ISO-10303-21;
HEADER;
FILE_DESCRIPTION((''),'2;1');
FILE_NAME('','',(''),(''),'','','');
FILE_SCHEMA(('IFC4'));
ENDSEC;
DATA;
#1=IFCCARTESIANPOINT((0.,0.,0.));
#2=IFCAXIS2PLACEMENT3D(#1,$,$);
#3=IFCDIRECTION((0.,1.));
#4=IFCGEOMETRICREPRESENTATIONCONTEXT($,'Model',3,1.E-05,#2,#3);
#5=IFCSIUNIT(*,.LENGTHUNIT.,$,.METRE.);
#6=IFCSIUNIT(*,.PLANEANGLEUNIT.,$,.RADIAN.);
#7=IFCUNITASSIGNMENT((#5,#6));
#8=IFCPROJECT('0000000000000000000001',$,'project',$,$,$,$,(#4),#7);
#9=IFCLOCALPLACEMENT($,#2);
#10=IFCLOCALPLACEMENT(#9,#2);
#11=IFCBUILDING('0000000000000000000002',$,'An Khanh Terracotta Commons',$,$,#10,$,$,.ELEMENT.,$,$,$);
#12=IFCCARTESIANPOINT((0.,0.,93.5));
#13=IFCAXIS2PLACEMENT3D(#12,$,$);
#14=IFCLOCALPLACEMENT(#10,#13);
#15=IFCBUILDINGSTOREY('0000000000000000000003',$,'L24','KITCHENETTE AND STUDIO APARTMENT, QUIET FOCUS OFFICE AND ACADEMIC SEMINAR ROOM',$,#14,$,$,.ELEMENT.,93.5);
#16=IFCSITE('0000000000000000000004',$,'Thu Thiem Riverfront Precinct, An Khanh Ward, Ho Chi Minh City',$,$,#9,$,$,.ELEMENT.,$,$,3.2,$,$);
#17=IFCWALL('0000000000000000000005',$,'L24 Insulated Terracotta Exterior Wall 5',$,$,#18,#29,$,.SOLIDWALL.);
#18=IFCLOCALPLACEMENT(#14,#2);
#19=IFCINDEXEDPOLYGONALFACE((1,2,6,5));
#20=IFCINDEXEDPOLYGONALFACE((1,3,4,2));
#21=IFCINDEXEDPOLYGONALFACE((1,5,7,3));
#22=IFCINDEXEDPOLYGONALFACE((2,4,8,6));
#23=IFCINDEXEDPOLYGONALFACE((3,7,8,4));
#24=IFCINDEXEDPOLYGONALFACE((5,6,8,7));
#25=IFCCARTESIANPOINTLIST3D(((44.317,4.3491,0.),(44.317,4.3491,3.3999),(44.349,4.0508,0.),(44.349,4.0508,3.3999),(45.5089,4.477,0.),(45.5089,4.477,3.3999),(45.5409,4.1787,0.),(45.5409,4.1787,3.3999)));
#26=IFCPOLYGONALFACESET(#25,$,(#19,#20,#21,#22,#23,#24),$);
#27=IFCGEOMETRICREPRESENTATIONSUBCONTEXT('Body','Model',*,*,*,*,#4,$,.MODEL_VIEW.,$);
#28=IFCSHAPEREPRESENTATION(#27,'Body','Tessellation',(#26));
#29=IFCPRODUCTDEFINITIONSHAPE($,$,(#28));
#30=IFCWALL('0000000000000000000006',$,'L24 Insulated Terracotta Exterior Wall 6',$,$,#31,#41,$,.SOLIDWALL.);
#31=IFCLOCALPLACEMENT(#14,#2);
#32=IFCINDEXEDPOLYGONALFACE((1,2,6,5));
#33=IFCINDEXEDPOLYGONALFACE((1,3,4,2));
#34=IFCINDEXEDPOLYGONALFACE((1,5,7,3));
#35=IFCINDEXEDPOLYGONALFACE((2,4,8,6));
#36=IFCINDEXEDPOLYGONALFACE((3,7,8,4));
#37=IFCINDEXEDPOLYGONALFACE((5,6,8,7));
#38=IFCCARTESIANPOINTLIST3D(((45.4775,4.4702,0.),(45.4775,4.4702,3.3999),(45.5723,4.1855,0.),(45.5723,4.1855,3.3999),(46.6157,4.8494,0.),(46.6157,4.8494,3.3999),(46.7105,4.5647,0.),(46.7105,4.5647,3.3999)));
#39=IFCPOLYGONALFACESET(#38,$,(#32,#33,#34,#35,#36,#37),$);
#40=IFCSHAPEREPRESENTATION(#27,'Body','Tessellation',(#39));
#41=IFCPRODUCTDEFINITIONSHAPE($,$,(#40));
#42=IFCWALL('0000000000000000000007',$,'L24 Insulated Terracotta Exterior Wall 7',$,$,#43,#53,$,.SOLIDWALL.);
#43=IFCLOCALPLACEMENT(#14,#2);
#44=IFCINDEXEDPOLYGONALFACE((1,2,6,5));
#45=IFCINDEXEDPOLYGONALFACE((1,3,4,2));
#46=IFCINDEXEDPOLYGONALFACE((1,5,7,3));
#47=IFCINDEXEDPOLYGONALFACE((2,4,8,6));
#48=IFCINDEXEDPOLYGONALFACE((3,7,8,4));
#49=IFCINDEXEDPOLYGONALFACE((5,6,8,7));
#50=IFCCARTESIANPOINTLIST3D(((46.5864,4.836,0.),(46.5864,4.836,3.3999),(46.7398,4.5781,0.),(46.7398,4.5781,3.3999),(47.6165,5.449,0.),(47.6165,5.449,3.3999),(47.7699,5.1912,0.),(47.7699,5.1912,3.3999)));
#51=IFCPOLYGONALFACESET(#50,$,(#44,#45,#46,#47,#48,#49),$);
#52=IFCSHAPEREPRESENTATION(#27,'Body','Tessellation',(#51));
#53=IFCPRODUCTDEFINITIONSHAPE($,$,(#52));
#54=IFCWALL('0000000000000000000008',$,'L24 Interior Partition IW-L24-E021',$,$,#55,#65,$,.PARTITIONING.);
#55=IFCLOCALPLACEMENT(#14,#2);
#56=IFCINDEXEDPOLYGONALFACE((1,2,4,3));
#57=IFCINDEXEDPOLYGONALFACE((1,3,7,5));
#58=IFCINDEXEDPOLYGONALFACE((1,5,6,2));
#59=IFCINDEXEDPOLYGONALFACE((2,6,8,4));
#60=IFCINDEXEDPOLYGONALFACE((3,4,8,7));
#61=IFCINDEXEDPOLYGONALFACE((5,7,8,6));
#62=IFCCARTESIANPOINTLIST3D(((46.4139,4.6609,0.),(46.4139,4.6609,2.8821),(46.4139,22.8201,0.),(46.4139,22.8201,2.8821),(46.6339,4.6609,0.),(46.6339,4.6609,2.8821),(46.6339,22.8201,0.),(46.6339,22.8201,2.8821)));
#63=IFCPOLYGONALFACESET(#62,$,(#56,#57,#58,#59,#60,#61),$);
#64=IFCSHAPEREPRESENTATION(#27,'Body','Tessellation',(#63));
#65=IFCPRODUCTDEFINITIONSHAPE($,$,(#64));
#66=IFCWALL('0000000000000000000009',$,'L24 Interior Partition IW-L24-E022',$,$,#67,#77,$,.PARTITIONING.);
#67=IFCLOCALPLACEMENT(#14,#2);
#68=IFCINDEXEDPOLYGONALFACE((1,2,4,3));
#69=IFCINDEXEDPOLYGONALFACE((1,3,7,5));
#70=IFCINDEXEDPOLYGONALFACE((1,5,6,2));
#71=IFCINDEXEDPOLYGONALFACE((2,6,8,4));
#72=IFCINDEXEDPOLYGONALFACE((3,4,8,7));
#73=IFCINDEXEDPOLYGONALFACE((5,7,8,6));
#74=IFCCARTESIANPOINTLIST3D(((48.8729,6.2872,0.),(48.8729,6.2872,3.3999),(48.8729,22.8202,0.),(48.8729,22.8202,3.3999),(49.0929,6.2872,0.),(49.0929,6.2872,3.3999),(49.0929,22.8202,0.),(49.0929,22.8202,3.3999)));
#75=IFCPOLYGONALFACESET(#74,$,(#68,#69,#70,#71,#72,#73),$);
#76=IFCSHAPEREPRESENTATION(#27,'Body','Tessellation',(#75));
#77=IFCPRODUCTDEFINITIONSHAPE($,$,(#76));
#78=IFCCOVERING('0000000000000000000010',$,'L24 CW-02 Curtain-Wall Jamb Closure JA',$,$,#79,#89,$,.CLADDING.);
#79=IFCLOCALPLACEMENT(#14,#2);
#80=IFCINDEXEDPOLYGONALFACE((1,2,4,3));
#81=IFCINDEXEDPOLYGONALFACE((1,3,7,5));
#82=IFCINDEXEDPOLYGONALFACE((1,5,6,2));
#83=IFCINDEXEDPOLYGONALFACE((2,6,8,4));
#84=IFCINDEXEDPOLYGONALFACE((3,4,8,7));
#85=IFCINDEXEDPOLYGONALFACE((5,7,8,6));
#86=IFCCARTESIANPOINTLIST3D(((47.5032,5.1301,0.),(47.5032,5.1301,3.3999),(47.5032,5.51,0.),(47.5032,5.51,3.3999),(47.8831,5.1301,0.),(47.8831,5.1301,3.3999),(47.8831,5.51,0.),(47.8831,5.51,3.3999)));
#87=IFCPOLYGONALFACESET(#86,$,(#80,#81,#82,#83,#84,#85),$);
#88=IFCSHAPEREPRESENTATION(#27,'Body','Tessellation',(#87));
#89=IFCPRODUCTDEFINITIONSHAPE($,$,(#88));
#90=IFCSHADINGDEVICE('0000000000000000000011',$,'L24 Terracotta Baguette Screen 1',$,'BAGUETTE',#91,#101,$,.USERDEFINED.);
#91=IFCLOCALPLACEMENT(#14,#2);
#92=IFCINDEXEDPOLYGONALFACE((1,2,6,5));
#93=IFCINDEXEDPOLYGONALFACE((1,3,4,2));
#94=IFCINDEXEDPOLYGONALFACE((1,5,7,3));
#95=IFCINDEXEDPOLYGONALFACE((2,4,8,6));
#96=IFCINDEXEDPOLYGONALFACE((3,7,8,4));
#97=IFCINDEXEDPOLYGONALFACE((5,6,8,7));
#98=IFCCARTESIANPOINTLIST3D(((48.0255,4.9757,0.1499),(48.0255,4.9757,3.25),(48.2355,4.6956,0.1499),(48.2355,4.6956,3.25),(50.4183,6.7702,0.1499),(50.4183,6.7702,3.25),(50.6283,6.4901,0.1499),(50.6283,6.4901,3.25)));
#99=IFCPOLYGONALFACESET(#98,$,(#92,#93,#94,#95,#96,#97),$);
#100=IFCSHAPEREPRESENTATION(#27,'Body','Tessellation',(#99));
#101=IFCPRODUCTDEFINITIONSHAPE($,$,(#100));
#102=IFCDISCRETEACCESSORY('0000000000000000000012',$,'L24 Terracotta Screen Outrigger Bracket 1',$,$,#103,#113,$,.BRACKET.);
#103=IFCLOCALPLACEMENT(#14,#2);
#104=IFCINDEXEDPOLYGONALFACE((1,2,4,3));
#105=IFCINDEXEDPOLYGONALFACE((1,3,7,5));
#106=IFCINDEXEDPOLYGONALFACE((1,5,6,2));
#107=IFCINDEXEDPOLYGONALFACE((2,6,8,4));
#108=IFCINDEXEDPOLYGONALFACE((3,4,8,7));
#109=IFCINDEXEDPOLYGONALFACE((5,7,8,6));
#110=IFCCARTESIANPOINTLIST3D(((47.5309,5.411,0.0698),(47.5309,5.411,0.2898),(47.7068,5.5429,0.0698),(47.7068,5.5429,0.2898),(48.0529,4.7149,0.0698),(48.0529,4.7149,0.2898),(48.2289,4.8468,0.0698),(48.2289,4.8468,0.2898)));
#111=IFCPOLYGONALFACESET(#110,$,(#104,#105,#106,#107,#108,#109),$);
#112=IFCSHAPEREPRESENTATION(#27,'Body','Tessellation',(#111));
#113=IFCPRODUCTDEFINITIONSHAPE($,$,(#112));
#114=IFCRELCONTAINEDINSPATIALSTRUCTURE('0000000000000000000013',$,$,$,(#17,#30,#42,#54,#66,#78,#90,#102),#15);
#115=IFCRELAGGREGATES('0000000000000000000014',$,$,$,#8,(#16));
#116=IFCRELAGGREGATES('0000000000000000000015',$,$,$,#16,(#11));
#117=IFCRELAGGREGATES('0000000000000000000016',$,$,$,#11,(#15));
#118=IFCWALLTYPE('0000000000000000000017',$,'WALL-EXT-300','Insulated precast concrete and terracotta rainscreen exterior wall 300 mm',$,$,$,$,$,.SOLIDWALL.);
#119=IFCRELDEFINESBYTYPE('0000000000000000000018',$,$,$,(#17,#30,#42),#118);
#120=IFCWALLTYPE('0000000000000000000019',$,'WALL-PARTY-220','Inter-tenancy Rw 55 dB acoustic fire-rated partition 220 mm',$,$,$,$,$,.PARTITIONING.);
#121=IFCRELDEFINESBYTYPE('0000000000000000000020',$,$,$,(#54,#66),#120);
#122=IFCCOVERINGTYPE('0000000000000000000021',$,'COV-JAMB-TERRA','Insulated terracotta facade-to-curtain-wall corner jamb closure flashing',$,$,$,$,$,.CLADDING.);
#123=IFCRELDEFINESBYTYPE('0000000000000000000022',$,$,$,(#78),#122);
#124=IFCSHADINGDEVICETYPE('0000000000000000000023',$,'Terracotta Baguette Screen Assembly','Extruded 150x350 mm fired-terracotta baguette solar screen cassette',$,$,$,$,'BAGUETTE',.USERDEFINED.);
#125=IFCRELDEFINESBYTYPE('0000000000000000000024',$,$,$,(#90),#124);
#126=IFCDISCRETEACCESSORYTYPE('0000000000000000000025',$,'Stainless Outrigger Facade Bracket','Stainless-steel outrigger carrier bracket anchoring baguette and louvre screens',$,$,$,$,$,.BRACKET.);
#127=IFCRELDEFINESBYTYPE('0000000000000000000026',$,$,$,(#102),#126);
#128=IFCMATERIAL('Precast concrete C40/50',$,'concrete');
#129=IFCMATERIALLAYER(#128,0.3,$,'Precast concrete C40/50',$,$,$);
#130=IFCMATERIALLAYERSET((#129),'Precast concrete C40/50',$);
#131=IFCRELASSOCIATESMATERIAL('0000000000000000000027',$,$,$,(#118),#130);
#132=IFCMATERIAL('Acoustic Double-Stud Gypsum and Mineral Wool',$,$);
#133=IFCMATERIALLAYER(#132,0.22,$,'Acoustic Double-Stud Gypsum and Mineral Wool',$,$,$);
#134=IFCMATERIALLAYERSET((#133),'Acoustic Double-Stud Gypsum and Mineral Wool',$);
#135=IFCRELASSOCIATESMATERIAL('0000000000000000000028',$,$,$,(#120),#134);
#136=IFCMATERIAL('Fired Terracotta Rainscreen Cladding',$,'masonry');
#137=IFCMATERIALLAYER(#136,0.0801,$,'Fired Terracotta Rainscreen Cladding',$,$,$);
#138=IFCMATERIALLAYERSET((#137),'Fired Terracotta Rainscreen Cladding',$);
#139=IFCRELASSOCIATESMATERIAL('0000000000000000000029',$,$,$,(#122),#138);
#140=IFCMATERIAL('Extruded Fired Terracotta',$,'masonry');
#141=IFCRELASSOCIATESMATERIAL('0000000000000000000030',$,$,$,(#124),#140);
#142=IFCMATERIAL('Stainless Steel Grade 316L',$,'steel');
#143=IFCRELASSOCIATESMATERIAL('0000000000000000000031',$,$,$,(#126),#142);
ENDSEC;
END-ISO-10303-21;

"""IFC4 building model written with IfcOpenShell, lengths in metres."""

from ifc_helpers import new_model, si_unit, direction, frame, frame_2d, origin, origin_2d, place, context, subcontext, project, spatial, rectangle, extrude, material, layer, layer_set, type_object, element, save


model = new_model("IFC4")

# Units and contexts
model_context = context("Model", 3, precision=1e-05, world=origin(), true_north=direction((0.0, 1.0)))
body_context = subcontext(model_context, "Body", "Model", "MODEL_VIEW")
ifc_project = project(units=[si_unit("LENGTHUNIT", "METRE"), si_unit("PLANEANGLEUNIT", "RADIAN")], contexts=[model_context])

# Site, building, storey
site_placement = place(None, origin())
site = spatial("IfcSite", under=ifc_project, at=site_placement, Name="Thu Thiem Riverfront Precinct, An Khanh Ward, Ho Chi Minh City", CompositionType="ELEMENT", RefElevation=3.2)
building_placement = place(site_placement, origin())
building = spatial("IfcBuilding", under=site, at=building_placement, Name="An Khanh Terracotta Commons", CompositionType="ELEMENT")
storey_placement = place(building_placement, frame((0.0, 0.0, 93.5)))
storey = spatial("IfcBuildingStorey", under=building, at=storey_placement, Name="L24", Description="KITCHENETTE AND STUDIO APARTMENT, QUIET FOCUS OFFICE AND ACADEMIC SEMINAR ROOM", CompositionType="ELEMENT", Elevation=93.5)

# Walls
ifc_material_1 = material(Name="Precast concrete C40/50", Category="concrete")
ifc_layer_1 = layer(ifc_material_1, 0.3, Name="Precast concrete C40/50")
ifc_layer_set_1 = layer_set([ifc_layer_1], Name="Precast concrete C40/50")
wall_type_1 = type_object("IfcWallType", Name="WALL-EXT-300", Description="Insulated precast concrete and terracotta rainscreen exterior wall 300 mm", PredefinedType="SOLIDWALL", material=ifc_layer_set_1)
wall_1_placement = place(storey_placement, frame((44.333, 4.2, 0.0), z_axis=(0.0, 0.0, 1.0), x_axis=(0.994289, 0.10672, 0.0)))
element("IfcWall", 1, at=wall_1_placement, inside=storey, type_object=wall_type_1, Name="L24 Insulated Terracotta Exterior Wall 5", PredefinedType="SOLIDWALL", context=body_context, shape_type="SweptSolid", body=[
    extrude(rectangle(XDim=1.1987, YDim=0.3, at=frame_2d((0.5994, 0.0))), origin(), (0.0, 0.0, 1.0), 3.3999),
])
wall_2_placement = place(storey_placement, frame((45.5249, 4.3279, 0.0), z_axis=(0.0, 0.0, 1.0), x_axis=(0.948744, 0.316045, 0.0)))
element("IfcWall", 2, at=wall_2_placement, inside=storey, type_object=wall_type_1, Name="L24 Insulated Terracotta Exterior Wall 6", PredefinedType="SOLIDWALL", context=body_context, shape_type="SweptSolid", body=[
    extrude(rectangle(XDim=1.1997, YDim=0.3, at=frame_2d((0.5999, 0.0))), origin(), (0.0, 0.0, 1.0), 3.3999),
])
wall_3_placement = place(storey_placement, frame((46.6631, 4.707, 0.0), z_axis=(0.0, 0.0, 1.0), x_axis=(0.859321, 0.511437, 0.0)))
element("IfcWall", 3, at=wall_3_placement, inside=storey, type_object=wall_type_1, Name="L24 Insulated Terracotta Exterior Wall 7", PredefinedType="SOLIDWALL", context=body_context, shape_type="SweptSolid", body=[
    extrude(rectangle(XDim=1.1987, YDim=0.3, at=frame_2d((0.5994, 0.0))), origin(), (0.0, 0.0, 1.0), 3.3999),
])
ifc_material_2 = material(Name="Acoustic Double-Stud Gypsum and Mineral Wool")
ifc_layer_2 = layer(ifc_material_2, 0.22, Name="Acoustic Double-Stud Gypsum and Mineral Wool")
ifc_layer_set_2 = layer_set([ifc_layer_2], Name="Acoustic Double-Stud Gypsum and Mineral Wool")
wall_type_2 = type_object("IfcWallType", Name="WALL-PARTY-220", Description="Inter-tenancy Rw 55 dB acoustic fire-rated partition 220 mm", PredefinedType="PARTITIONING", material=ifc_layer_set_2)
wall_4_placement = place(storey_placement, frame((46.5239, 4.6609, 0.0), z_axis=(0.0, 0.0, 1.0), x_axis=(0.0, 1.0, 0.0)))
element("IfcWall", 4, at=wall_4_placement, inside=storey, type_object=wall_type_2, Name="L24 Interior Partition IW-L24-E021", PredefinedType="PARTITIONING", context=body_context, shape_type="SweptSolid", body=[
    extrude(rectangle(XDim=18.1592, YDim=0.22, at=frame_2d((9.0796, 0.0))), origin(), (0.0, 0.0, 1.0), 2.8821),
])
wall_5_placement = place(storey_placement, frame((48.9829, 6.2871, 0.0), z_axis=(0.0, 0.0, 1.0), x_axis=(0.0, 1.0, 0.0)))
element("IfcWall", 5, at=wall_5_placement, inside=storey, type_object=wall_type_2, Name="L24 Interior Partition IW-L24-E022", PredefinedType="PARTITIONING", context=body_context, shape_type="SweptSolid", body=[
    extrude(rectangle(XDim=16.533, YDim=0.22, at=frame_2d((8.2666, 0.0))), origin(), (0.0, 0.0, 1.0), 3.3999),
])

# Covering
ifc_material_3 = material(Name="Fired Terracotta Rainscreen Cladding", Category="masonry")
ifc_layer_3 = layer(ifc_material_3, 0.0801, Name="Fired Terracotta Rainscreen Cladding")
ifc_layer_set_3 = layer_set([ifc_layer_3], Name="Fired Terracotta Rainscreen Cladding")
covering_type = type_object("IfcCoveringType", Name="COV-JAMB-TERRA", Description="Insulated terracotta facade-to-curtain-wall corner jamb closure flashing", PredefinedType="CLADDING", material=ifc_layer_set_3)
covering_placement = place(storey_placement, frame((47.6931, 5.3201, 0.0), z_axis=(0.0, 0.0, 1.0), x_axis=(1.0, 0.0, 0.0)))
element("IfcCovering", 6, at=covering_placement, inside=storey, type_object=covering_type, Name="L24 CW-02 Curtain-Wall Jamb Closure JA", PredefinedType="CLADDING", context=body_context, shape_type="SweptSolid", body=[
    extrude(rectangle(XDim=0.3799, YDim=0.3799, at=origin_2d()), origin(), (0.0, 0.0, 1.0), 3.3999),
])

# Shading device
ifc_material_4 = material(Name="Extruded Fired Terracotta", Category="masonry")
shading_device_type = type_object("IfcShadingDeviceType", Name="Terracotta Baguette Screen Assembly", Description="Extruded 150x350 mm fired-terracotta baguette solar screen cassette", ElementType="BAGUETTE", PredefinedType="USERDEFINED", material=ifc_material_4)
shading_device_placement = place(storey_placement, frame((49.3269, 5.7329, 0.1499), z_axis=(0.0, 0.0, 1.0), x_axis=(0.800013, 0.599983, 0.0)))
element("IfcShadingDevice", 7, at=shading_device_placement, inside=storey, type_object=shading_device_type, Name="L24 Terracotta Baguette Screen 1", ObjectType="BAGUETTE", PredefinedType="USERDEFINED", context=body_context, shape_type="SweptSolid", body=[
    extrude(rectangle(XDim=2.991, YDim=0.3501, at=origin_2d()), origin(), (0.0, 0.0, 1.0), 3.1001),
])

# Discrete accessory
ifc_material_5 = material(Name="Stainless Steel Grade 316L", Category="steel")
discrete_accessory_type = type_object("IfcDiscreteAccessoryType", Name="Stainless Outrigger Facade Bracket", Description="Stainless-steel outrigger carrier bracket anchoring baguette and louvre screens", PredefinedType="BRACKET", material=ifc_material_5)
discrete_accessory_placement = place(storey_placement, frame((47.8799, 5.1289, 0.0698), z_axis=(0.0, 0.0, 1.0), x_axis=(0.800013, 0.599983, 0.0)))
element("IfcDiscreteAccessory", 8, at=discrete_accessory_placement, inside=storey, type_object=discrete_accessory_type, Name="L24 Terracotta Screen Outrigger Bracket 1", PredefinedType="BRACKET", context=body_context, shape_type="SweptSolid", body=[
    extrude(rectangle(XDim=0.22, YDim=0.8701, at=origin_2d()), origin(), (0.0, 0.0, 1.0), 0.22),
])

save(model, "model.ifc")
